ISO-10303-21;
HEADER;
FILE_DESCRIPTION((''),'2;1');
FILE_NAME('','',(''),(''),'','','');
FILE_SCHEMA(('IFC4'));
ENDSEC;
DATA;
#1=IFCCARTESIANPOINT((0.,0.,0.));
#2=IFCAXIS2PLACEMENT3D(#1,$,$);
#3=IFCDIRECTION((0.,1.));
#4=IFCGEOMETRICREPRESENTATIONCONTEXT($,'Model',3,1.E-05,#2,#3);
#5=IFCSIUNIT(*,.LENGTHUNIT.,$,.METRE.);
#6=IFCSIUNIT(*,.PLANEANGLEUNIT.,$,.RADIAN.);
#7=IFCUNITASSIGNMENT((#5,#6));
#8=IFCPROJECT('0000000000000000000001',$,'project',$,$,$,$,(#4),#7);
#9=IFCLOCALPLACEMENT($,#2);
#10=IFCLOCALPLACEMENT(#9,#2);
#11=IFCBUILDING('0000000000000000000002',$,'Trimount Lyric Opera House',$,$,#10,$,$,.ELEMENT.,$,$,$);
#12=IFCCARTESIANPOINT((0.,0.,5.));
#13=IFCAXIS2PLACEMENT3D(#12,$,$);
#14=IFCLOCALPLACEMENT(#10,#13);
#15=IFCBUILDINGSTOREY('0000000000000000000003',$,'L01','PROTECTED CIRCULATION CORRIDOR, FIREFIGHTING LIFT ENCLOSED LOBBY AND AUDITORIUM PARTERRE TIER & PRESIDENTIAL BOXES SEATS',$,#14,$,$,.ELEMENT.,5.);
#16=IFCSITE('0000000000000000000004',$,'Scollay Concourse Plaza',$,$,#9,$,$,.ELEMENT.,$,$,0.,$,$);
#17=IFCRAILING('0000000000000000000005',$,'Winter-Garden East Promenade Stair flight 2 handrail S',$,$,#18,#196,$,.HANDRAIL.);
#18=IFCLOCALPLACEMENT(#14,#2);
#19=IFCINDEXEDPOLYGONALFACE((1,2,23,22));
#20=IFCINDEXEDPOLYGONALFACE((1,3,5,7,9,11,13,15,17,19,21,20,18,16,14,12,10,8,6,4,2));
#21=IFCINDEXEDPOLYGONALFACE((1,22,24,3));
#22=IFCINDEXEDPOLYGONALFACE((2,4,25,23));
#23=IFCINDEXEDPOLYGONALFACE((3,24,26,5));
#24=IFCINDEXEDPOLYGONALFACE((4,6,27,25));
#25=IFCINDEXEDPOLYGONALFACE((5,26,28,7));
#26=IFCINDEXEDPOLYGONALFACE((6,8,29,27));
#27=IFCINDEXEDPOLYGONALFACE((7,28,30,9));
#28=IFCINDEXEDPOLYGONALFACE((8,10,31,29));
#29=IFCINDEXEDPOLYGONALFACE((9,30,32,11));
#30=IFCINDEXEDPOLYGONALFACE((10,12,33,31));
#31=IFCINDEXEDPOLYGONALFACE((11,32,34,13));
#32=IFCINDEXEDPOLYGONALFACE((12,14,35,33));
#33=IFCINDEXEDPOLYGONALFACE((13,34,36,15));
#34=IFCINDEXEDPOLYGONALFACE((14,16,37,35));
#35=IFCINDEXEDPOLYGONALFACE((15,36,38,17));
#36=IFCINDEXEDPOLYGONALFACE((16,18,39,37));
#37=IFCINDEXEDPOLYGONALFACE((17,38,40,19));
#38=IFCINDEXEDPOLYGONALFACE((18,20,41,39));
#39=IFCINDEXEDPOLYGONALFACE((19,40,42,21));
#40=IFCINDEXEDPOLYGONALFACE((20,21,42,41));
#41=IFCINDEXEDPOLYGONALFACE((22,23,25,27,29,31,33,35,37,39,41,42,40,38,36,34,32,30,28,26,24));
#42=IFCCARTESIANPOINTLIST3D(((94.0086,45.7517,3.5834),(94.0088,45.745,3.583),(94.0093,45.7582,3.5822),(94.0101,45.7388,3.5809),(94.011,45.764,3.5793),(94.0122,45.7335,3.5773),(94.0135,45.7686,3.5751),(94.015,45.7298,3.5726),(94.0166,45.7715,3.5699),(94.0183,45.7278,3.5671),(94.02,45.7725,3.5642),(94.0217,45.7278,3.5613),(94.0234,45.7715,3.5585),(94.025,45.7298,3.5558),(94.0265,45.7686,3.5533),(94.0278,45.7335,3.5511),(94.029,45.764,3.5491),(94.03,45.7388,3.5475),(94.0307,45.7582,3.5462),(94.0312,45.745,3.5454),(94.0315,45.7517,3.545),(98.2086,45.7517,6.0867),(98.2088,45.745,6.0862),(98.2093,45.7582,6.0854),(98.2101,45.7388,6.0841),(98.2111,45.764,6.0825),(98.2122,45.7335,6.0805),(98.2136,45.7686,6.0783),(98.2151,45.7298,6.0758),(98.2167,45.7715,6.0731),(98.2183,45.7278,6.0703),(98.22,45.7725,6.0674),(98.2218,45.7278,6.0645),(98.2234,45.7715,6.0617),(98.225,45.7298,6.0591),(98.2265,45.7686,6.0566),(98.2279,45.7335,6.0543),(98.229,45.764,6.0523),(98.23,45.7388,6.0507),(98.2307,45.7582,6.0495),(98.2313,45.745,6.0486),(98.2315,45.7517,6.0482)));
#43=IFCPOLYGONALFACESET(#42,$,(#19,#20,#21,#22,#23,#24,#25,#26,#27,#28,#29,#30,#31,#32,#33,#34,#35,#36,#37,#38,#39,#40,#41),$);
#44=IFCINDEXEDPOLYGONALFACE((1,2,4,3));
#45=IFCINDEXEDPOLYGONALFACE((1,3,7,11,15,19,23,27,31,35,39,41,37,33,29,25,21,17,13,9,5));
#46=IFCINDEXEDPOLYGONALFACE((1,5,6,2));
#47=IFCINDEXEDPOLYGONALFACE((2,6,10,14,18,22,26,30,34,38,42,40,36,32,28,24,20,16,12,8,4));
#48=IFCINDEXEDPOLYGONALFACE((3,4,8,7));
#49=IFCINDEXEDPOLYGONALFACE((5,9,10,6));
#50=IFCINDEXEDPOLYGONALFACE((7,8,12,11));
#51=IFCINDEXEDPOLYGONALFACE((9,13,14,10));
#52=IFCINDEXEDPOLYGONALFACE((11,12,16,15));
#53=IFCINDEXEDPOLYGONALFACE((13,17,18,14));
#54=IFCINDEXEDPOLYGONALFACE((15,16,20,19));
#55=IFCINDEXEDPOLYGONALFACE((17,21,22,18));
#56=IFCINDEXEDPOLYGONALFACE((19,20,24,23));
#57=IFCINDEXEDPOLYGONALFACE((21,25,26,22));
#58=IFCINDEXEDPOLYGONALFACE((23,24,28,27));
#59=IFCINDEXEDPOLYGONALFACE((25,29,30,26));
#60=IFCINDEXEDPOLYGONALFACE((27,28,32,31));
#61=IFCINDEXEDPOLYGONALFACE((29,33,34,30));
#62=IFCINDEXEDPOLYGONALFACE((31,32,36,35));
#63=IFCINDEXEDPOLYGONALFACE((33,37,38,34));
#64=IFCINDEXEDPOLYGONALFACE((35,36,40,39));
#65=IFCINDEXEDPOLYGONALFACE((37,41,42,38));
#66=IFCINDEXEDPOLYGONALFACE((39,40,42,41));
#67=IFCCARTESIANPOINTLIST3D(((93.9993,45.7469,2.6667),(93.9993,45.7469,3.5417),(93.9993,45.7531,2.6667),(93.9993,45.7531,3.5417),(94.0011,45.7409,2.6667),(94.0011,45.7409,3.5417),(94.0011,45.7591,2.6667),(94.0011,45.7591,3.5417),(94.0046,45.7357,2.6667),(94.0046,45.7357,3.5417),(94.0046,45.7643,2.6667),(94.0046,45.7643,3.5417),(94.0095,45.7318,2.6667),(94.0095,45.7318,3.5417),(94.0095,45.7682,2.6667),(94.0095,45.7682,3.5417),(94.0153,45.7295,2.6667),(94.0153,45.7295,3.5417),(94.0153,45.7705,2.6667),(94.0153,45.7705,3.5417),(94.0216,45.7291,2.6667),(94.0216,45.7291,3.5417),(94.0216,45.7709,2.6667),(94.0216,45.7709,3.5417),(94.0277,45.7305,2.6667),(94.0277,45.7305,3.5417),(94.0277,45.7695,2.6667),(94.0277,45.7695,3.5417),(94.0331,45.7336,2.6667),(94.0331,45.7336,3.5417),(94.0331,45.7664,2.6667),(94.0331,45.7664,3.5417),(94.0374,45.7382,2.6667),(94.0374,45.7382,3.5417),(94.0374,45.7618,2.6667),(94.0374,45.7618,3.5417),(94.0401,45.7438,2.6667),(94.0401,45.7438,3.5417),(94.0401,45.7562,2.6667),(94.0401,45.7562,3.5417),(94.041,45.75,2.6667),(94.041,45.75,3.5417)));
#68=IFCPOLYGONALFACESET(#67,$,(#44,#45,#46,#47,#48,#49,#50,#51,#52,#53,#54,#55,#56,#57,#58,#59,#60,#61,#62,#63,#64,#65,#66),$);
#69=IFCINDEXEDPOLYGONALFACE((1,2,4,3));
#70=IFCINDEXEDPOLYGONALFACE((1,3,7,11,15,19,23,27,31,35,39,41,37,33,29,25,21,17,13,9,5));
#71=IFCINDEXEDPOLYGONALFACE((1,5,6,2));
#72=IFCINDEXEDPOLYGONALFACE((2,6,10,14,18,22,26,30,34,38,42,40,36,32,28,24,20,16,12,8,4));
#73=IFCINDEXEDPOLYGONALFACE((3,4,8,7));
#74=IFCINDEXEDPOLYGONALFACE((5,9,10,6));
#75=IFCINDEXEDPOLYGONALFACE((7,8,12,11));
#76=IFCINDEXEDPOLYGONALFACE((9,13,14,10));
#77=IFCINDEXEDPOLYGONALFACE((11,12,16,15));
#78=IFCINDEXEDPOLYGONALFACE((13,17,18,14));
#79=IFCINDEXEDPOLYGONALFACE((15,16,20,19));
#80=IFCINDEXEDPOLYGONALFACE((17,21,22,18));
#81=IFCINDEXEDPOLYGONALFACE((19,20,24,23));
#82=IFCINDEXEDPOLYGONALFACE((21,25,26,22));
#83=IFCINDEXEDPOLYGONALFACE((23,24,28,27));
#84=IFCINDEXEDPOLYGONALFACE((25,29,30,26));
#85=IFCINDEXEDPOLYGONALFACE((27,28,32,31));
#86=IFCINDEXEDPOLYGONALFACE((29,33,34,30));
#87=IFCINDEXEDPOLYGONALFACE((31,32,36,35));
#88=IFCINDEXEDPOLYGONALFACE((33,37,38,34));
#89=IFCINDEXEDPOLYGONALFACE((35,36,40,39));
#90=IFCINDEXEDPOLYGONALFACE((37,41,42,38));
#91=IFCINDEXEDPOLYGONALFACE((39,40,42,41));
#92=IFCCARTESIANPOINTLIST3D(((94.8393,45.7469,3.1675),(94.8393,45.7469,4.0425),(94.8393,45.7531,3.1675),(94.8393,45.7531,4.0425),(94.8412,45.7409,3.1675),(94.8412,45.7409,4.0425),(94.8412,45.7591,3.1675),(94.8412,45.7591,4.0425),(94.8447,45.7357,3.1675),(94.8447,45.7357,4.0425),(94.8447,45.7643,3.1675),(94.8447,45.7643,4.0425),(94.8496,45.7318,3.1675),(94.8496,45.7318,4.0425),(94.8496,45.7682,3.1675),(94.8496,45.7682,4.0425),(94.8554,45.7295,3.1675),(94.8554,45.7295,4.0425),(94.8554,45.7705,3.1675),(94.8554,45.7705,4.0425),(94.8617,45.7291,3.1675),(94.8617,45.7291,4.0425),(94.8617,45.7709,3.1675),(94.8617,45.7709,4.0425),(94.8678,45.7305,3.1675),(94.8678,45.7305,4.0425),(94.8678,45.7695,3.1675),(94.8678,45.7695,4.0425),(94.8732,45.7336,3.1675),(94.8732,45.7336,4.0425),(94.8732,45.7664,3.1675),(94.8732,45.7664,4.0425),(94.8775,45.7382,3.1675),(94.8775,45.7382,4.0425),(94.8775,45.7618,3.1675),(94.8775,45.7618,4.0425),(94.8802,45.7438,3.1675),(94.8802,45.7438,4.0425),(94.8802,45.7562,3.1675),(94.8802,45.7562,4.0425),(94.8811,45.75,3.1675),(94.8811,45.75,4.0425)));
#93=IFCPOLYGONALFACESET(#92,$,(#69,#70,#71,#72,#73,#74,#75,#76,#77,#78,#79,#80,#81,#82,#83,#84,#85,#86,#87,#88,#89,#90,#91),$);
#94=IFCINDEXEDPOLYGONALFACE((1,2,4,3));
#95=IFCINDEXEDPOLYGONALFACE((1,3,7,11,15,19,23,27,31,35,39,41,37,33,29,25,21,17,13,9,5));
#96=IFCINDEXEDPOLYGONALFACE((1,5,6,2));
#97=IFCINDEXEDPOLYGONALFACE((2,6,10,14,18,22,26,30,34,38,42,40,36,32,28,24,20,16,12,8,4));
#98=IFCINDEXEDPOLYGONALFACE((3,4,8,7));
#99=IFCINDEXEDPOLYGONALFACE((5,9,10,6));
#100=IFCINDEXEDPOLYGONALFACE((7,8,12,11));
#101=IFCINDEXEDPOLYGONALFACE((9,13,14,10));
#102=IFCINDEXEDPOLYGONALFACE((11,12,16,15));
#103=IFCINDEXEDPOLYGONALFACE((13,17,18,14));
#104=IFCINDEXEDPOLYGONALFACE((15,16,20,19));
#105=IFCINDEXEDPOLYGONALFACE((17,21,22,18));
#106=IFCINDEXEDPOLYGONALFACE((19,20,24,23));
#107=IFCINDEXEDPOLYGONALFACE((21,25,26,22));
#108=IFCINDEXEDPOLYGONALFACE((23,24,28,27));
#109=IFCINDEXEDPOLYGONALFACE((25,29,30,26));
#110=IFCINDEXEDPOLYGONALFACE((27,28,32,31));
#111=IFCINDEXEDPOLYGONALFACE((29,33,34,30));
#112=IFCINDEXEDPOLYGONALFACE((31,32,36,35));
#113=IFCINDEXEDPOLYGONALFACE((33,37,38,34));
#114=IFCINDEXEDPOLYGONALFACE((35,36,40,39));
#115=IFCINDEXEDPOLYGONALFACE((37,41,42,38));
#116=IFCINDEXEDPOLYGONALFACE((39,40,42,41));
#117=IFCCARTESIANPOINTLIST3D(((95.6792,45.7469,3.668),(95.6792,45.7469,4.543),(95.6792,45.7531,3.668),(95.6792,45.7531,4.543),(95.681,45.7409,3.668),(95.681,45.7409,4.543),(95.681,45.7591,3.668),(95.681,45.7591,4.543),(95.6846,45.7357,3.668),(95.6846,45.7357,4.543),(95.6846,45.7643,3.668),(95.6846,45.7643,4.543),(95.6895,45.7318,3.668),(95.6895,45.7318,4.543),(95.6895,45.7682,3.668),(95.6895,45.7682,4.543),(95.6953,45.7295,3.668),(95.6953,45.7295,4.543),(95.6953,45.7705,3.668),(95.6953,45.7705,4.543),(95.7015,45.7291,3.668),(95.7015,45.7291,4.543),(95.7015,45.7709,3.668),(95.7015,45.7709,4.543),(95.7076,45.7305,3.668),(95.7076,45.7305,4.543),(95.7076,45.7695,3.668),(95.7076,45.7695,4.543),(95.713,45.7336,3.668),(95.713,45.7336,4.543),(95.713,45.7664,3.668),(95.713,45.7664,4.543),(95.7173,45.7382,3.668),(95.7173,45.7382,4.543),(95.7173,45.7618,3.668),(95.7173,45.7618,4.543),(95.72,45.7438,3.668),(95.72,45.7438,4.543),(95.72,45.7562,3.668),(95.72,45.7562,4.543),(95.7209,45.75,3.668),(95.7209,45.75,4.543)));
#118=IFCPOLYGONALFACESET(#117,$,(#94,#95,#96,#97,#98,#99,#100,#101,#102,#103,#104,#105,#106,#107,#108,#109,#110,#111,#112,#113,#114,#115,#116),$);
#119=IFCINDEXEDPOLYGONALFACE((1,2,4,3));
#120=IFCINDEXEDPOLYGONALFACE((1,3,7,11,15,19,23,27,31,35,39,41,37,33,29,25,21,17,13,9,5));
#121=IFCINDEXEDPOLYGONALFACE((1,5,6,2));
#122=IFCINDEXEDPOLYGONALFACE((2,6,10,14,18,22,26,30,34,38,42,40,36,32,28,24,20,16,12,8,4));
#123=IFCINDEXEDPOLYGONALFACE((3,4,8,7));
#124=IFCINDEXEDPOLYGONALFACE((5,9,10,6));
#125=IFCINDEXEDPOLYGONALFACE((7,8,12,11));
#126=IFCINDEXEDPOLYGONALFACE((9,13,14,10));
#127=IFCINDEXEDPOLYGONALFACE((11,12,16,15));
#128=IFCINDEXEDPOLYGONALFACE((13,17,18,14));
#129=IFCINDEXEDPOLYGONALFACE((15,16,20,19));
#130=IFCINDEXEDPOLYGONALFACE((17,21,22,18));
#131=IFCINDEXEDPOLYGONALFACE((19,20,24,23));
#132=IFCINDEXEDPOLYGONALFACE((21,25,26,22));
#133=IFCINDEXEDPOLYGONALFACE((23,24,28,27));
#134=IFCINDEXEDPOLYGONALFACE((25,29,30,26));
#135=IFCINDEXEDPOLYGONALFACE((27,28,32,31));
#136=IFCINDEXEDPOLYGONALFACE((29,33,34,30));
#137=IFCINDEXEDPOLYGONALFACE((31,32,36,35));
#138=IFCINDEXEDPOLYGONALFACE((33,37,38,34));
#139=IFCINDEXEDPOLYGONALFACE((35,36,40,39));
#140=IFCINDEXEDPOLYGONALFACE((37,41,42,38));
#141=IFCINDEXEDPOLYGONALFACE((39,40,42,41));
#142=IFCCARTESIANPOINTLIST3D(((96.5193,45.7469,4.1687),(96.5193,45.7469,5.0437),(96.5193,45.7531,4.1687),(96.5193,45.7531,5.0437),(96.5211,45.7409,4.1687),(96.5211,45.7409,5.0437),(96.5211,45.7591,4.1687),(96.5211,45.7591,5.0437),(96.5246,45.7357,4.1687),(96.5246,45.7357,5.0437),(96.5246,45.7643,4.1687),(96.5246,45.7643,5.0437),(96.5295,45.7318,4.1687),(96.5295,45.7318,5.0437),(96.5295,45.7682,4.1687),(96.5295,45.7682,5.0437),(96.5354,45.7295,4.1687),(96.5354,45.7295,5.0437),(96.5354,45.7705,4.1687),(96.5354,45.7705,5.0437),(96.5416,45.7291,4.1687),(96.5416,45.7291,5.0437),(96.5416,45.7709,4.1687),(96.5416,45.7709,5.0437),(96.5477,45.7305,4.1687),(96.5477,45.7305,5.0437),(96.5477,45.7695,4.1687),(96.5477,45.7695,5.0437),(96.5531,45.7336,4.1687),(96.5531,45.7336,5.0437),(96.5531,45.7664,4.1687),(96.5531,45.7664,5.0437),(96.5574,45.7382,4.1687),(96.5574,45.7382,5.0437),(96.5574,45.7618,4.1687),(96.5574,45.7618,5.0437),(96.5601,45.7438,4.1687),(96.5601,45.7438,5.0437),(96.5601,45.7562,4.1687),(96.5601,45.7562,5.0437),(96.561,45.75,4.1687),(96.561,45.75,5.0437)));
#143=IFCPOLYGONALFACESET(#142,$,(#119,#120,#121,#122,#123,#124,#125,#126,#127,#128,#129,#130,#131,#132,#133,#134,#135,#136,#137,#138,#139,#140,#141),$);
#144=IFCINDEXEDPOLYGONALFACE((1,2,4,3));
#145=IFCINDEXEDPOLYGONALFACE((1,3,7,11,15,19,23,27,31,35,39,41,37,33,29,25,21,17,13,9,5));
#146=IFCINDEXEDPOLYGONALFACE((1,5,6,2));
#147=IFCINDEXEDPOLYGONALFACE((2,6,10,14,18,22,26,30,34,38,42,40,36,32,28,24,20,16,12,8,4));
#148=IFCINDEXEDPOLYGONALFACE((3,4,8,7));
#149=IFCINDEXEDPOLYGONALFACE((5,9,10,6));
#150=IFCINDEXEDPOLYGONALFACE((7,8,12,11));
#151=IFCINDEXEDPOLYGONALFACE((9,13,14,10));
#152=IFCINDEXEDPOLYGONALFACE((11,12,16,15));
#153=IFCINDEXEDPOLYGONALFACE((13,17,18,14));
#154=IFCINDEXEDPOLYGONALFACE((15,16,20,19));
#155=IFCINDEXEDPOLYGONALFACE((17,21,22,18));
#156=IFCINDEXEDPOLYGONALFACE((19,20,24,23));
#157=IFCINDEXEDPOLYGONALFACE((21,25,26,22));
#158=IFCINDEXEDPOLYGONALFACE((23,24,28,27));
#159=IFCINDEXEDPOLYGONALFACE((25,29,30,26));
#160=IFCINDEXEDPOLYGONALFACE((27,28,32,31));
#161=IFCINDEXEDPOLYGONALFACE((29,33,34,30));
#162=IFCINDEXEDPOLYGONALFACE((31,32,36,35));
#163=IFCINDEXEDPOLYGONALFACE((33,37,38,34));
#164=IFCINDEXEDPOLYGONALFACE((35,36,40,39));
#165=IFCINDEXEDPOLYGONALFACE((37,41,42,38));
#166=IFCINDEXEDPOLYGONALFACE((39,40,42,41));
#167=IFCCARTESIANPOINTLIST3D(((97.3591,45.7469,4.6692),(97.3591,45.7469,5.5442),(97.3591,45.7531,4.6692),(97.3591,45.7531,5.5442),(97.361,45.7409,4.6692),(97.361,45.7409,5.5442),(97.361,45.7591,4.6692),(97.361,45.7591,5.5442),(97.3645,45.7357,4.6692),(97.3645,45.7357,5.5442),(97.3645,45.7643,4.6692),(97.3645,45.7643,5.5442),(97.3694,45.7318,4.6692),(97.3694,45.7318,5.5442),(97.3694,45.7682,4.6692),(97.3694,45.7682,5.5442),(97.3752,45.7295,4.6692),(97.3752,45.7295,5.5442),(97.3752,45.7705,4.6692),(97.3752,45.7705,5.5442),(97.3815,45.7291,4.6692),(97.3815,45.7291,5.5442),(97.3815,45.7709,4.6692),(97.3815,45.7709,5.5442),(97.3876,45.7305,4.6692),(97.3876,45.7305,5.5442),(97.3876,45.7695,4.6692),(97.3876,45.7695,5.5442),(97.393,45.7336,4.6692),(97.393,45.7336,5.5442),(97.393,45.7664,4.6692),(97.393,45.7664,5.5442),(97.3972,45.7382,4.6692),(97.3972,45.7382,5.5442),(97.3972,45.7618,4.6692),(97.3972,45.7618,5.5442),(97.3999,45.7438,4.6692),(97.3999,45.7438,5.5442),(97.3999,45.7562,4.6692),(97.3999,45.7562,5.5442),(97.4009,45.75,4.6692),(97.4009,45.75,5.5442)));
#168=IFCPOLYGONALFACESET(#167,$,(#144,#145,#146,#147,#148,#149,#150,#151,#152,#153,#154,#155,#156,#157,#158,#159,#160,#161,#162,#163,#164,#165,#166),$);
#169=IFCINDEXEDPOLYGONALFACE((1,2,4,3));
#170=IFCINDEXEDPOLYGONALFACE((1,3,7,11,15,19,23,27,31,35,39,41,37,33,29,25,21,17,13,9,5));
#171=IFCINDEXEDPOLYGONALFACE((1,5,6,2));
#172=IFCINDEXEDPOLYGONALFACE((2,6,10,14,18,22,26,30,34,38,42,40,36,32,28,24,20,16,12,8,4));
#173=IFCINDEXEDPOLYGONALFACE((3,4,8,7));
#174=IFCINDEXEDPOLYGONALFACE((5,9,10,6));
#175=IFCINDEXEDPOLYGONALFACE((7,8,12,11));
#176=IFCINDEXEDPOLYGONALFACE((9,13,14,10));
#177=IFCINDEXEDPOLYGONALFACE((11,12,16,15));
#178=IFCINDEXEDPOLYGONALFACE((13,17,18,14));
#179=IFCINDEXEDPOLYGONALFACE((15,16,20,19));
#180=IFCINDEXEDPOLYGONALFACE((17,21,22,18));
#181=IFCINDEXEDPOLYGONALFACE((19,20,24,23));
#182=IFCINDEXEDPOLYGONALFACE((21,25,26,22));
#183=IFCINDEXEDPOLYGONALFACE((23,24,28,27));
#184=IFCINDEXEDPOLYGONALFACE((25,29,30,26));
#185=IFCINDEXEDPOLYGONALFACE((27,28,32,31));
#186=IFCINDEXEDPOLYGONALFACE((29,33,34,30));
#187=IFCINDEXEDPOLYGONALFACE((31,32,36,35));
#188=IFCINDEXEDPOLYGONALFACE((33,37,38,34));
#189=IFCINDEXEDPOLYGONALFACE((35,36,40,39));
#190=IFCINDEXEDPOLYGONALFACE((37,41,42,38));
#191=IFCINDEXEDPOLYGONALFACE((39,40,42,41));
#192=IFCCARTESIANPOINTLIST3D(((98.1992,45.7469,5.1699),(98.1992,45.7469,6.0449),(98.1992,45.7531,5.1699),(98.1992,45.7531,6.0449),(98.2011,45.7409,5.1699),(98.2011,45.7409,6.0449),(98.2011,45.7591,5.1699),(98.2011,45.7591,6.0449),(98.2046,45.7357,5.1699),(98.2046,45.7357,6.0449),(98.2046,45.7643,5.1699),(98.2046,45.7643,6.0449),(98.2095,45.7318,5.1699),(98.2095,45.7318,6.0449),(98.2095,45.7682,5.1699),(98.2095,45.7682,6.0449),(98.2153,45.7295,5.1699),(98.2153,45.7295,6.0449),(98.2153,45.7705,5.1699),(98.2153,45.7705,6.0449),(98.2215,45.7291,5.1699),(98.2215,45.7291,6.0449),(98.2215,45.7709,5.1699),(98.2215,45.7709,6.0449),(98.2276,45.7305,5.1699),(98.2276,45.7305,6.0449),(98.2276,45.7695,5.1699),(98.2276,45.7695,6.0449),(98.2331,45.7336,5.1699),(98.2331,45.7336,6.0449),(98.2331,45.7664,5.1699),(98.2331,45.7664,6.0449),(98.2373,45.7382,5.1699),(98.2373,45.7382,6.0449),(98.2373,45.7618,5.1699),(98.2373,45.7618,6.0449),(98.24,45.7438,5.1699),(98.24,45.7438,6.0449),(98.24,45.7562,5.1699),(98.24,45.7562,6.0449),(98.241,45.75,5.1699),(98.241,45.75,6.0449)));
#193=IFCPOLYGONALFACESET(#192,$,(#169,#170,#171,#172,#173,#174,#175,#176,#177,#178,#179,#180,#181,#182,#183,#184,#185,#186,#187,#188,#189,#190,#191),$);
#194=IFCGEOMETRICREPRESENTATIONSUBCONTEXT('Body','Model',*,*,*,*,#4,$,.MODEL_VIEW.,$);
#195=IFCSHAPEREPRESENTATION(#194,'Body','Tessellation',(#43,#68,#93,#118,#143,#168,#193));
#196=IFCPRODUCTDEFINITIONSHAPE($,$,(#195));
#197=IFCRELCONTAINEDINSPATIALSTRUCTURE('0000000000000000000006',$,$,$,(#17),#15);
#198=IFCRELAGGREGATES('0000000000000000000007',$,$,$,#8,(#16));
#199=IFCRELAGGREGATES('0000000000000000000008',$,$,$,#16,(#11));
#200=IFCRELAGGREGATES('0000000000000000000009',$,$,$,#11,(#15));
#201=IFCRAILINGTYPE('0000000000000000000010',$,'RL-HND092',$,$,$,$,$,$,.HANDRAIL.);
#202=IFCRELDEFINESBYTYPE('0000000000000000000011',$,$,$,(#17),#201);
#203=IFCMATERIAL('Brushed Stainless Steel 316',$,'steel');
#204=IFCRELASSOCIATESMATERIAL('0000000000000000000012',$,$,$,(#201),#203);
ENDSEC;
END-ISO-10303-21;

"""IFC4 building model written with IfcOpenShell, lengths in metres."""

from ifc_helpers import new_model, si_unit, direction, frame, origin, origin_2d, place, context, subcontext, project, spatial, circle, extrude, material, type_object, element, save


model = new_model("IFC4")

# Units and contexts
model_context = context("Model", 3, precision=1e-05, world=origin(), true_north=direction((0.0, 1.0)))
body_context = subcontext(model_context, "Body", "Model", "MODEL_VIEW")
ifc_project = project(units=[si_unit("LENGTHUNIT", "METRE"), si_unit("PLANEANGLEUNIT", "RADIAN")], contexts=[model_context])

# Site, building, storey
site_placement = place(None, origin())
site = spatial("IfcSite", under=ifc_project, at=site_placement, Name="Scollay Concourse Plaza", CompositionType="ELEMENT", RefElevation=0.0)
building_placement = place(site_placement, origin())
building = spatial("IfcBuilding", under=site, at=building_placement, Name="Trimount Lyric Opera House", CompositionType="ELEMENT")
storey_placement = place(building_placement, frame((0.0, 0.0, 5.0)))
storey = spatial("IfcBuildingStorey", under=building, at=storey_placement, Name="L01", Description="PROTECTED CIRCULATION CORRIDOR, FIREFIGHTING LIFT ENCLOSED LOBBY AND AUDITORIUM PARTERRE TIER & PRESIDENTIAL BOXES SEATS", CompositionType="ELEMENT", Elevation=5.0)

# Railing
ifc_material_1 = material(Name="Brushed Stainless Steel 316", Category="steel")
railing_type_1 = type_object("IfcRailingType", Name="RL-HND092", PredefinedType="HANDRAIL", material=ifc_material_1)
for number, where, name in (
    (1, (94.02, 45.75, 2.6667), "Winter-Garden East Promenade Stair flight 2 handrail S"),
):
    element("IfcRailing", number, at=place(storey_placement, frame(where)), inside=storey, type_object=railing_type_1, Name=name, PredefinedType="HANDRAIL", context=body_context, shape_type="SweptSolid", body=[
        extrude(circle(Radius=0.0225, at=origin_2d()), frame((0.0, 0.0, 0.8975), z_axis=(0.859005, 0.0, 0.511967), x_axis=(0.0, 1.0, 0.0)), (0.0, 0.0, 1.0), 4.8894),
        extrude(circle(Radius=0.021, at=origin_2d()), origin(), (0.0, 0.0, 1.0), 0.875),
        extrude(circle(Radius=0.021, at=origin_2d()), frame((0.8401, 0.0, 0.5007)), (0.0, 0.0, 1.0), 0.875),
        extrude(circle(Radius=0.021, at=origin_2d()), frame((1.6799, 0.0, 1.0012)), (0.0, 0.0, 1.0), 0.875),
        extrude(circle(Radius=0.021, at=origin_2d()), frame((2.52, 0.0, 1.502)), (0.0, 0.0, 1.0), 0.875),
        extrude(circle(Radius=0.021, at=origin_2d()), frame((3.3599, 0.0, 2.0024)), (0.0, 0.0, 1.0), 0.875),
        extrude(circle(Radius=0.021, at=origin_2d()), frame((4.2, 0.0, 2.5032)), (0.0, 0.0, 1.0), 0.875),
    ])

save(model, "model.ifc")
